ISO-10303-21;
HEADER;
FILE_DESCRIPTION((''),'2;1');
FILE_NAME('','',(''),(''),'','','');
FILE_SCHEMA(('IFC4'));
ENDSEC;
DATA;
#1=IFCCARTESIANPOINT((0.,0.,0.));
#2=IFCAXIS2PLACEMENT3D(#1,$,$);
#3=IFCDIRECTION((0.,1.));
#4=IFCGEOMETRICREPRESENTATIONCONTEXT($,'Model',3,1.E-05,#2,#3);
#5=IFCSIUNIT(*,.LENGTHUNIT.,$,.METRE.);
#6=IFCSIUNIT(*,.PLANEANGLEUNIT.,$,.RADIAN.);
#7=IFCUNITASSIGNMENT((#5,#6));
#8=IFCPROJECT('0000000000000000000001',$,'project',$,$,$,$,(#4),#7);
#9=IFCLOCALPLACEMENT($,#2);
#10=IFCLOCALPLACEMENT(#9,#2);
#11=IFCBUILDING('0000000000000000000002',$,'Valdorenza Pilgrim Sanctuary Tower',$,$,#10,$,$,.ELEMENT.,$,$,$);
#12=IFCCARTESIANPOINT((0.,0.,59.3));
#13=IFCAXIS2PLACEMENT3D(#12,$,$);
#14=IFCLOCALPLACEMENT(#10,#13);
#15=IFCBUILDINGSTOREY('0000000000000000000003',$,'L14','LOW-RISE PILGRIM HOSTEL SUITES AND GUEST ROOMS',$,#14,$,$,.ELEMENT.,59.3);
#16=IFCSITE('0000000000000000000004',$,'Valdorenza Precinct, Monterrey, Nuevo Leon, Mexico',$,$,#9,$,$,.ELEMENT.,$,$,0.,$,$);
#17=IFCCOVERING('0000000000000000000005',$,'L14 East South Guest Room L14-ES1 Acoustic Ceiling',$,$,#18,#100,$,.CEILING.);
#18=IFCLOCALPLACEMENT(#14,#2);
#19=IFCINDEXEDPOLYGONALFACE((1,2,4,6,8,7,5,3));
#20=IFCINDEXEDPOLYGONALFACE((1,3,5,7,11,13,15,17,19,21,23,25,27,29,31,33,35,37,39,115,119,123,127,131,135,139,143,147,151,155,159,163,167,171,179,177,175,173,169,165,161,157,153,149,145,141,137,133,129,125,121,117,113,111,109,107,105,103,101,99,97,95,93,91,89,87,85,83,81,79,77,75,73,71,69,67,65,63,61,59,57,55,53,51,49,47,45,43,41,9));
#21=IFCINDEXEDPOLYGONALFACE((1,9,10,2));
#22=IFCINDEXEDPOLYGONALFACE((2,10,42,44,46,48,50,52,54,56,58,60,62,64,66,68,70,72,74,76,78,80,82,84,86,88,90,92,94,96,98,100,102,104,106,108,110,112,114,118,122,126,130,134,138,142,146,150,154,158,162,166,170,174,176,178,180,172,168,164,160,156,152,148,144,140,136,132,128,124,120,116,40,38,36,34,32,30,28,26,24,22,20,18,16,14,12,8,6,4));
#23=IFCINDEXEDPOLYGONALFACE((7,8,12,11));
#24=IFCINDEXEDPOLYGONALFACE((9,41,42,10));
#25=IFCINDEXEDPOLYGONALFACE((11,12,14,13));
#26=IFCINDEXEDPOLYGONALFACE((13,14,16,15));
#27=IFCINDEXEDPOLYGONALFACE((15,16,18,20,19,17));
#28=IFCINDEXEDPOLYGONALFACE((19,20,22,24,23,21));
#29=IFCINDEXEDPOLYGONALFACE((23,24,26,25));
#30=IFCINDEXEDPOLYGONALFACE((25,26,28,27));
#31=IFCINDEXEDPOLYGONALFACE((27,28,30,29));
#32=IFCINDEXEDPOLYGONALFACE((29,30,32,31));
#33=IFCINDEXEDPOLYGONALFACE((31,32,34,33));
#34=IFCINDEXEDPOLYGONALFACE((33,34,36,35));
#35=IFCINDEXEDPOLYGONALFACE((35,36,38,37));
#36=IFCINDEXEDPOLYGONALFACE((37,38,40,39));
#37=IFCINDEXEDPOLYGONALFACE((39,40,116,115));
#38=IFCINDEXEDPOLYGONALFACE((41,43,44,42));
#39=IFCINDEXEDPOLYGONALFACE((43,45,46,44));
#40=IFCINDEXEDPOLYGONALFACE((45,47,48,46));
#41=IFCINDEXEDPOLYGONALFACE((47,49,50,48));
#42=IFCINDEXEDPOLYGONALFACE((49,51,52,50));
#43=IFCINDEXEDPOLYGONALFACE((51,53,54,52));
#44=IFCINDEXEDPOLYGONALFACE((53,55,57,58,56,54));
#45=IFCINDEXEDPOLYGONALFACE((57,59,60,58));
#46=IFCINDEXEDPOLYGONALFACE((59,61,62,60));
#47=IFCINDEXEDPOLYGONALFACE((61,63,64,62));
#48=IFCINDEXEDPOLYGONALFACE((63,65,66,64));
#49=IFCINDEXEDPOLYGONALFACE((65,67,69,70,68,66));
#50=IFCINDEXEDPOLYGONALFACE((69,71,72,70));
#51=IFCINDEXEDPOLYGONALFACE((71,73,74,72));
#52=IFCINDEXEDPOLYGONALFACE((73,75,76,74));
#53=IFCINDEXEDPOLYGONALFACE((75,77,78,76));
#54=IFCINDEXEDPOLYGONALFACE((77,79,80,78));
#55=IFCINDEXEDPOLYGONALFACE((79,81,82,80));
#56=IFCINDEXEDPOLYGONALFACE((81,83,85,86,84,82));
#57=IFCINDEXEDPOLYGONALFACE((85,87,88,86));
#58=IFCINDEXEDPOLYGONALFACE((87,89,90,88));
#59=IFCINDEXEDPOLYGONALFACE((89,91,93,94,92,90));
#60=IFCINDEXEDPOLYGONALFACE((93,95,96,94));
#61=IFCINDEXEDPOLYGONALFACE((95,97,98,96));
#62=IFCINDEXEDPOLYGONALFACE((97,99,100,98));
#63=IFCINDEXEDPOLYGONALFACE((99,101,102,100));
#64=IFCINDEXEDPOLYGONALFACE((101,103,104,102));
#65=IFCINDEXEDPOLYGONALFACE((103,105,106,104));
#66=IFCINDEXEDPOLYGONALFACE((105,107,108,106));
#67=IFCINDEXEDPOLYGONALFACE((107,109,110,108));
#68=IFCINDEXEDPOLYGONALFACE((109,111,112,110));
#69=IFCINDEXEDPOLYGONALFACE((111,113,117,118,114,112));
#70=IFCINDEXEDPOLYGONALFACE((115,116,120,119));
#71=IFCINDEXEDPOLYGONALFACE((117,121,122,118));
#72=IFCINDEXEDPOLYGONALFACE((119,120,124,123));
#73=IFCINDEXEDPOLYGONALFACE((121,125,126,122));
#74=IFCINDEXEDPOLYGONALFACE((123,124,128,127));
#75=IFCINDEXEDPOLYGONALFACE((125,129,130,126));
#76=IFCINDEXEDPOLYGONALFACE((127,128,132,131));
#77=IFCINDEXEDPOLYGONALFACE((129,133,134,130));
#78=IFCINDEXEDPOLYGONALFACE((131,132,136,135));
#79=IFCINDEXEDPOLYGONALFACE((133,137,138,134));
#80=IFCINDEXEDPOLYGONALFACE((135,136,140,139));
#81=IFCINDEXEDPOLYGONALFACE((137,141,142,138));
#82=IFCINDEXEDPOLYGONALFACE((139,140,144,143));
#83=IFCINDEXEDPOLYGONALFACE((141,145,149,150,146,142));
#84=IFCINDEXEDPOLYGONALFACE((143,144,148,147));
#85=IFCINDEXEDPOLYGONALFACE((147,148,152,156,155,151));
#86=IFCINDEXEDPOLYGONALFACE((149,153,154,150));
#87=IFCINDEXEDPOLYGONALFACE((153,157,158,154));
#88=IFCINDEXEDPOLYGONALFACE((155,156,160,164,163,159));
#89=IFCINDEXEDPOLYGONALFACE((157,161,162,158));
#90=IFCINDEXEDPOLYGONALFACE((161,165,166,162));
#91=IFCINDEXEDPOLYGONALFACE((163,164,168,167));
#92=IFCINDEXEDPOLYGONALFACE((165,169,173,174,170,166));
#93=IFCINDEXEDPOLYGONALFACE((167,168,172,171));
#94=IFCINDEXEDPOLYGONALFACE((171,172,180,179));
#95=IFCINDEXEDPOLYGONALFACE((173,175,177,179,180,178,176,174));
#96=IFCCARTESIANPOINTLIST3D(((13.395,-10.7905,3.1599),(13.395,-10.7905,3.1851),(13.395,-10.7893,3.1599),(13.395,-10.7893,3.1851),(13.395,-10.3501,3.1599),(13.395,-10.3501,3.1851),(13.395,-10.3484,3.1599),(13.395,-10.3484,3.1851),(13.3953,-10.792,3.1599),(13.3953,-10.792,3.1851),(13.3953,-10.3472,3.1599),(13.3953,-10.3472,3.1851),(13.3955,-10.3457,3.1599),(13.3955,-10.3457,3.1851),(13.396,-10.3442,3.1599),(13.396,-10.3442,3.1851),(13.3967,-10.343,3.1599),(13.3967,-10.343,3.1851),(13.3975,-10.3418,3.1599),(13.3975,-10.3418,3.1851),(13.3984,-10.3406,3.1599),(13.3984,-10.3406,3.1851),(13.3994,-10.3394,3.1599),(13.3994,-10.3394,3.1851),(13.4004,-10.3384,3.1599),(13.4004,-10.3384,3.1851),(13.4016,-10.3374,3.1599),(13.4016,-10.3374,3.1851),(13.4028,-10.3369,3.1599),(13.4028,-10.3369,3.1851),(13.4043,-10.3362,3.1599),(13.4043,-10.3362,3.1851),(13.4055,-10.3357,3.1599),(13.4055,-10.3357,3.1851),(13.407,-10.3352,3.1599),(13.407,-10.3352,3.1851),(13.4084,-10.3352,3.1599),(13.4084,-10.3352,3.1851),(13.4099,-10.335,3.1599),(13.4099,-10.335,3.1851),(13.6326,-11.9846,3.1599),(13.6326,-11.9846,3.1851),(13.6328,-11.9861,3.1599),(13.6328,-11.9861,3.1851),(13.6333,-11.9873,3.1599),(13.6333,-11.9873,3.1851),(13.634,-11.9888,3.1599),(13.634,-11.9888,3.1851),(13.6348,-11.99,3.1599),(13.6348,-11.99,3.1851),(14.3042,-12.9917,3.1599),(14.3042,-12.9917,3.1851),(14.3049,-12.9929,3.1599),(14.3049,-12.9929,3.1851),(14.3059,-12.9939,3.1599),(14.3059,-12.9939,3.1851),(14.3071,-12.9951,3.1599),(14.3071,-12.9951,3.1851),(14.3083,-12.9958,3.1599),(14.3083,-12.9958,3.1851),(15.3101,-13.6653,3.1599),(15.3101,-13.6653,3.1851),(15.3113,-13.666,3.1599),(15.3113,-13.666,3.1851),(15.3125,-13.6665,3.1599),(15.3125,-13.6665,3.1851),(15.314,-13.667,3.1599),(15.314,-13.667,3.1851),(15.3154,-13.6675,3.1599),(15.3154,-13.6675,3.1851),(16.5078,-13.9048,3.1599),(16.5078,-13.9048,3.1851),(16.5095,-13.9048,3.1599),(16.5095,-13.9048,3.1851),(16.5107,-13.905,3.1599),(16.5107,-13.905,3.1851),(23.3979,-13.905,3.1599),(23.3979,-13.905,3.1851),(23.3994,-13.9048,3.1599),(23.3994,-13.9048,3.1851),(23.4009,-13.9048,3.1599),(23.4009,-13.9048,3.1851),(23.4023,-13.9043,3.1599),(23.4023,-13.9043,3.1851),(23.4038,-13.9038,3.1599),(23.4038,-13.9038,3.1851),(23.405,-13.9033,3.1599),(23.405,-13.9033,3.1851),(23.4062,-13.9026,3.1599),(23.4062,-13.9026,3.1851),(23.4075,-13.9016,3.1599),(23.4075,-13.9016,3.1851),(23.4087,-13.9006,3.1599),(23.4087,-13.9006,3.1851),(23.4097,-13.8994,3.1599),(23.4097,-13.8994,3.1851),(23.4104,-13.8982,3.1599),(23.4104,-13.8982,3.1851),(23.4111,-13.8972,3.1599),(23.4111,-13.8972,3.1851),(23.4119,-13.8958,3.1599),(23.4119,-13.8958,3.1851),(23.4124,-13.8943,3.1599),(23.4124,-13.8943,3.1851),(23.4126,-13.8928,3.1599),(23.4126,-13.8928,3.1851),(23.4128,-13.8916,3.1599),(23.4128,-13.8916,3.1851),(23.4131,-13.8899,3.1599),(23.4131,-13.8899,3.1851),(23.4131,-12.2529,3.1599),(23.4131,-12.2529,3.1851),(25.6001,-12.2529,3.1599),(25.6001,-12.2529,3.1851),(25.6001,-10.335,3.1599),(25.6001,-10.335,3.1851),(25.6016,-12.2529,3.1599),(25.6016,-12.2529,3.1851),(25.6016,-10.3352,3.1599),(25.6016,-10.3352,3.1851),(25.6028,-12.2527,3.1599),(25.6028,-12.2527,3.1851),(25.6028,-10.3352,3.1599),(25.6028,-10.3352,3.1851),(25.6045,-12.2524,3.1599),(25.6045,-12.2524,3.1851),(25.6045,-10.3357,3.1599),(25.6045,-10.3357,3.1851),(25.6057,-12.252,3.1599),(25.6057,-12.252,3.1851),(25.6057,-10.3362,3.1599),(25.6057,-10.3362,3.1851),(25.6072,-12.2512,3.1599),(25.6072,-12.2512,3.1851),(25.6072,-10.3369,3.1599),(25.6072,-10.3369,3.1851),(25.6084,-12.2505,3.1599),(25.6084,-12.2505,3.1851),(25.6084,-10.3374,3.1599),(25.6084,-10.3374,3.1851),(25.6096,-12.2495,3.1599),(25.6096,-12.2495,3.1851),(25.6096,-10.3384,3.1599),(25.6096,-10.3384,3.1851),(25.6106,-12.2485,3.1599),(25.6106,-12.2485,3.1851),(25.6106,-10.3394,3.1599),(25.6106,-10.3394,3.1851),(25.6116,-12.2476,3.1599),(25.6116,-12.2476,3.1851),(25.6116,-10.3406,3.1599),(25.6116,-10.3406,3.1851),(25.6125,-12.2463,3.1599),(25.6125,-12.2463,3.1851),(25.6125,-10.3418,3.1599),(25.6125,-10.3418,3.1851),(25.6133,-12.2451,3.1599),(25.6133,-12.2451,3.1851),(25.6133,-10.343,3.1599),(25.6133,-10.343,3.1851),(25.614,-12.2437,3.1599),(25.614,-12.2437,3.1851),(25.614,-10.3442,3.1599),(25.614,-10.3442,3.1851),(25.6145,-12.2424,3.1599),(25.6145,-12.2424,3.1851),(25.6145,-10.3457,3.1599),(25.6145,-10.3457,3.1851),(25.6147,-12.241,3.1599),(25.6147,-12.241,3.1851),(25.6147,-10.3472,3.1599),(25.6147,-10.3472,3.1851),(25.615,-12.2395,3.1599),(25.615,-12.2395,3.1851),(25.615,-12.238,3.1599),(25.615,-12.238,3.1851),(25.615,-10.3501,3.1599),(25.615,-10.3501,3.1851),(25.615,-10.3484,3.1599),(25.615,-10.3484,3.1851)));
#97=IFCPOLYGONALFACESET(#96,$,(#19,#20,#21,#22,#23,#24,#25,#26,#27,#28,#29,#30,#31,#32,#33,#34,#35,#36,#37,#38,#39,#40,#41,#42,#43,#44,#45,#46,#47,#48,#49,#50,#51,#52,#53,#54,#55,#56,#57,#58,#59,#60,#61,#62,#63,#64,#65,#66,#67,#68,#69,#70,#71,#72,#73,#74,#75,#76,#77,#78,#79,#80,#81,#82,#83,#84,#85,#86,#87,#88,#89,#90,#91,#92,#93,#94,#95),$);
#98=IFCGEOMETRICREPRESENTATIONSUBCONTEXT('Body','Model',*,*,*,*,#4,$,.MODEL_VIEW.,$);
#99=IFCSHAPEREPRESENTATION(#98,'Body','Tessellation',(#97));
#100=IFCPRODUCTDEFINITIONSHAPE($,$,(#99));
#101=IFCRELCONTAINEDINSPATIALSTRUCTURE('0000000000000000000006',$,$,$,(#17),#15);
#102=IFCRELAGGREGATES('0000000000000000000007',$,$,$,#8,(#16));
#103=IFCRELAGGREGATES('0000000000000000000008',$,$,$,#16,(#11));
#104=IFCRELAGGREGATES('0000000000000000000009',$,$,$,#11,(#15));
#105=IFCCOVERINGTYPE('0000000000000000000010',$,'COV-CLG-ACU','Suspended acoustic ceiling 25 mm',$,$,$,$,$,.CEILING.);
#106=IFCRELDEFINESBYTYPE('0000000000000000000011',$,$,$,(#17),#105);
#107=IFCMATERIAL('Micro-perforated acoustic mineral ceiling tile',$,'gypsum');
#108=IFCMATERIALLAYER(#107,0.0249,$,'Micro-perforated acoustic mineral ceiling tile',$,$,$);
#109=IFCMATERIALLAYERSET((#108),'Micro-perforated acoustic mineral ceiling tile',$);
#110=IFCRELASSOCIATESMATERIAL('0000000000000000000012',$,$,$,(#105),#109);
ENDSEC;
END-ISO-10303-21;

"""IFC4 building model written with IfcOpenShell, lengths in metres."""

from ifc_helpers import new_model, si_unit, direction, frame, origin, place, context, subcontext, project, spatial, polyline, outline, extrude, material, layer, layer_set, type_object, element, save


model = new_model("IFC4")

# Units and contexts
model_context = context("Model", 3, precision=1e-05, world=origin(), true_north=direction((0.0, 1.0)))
body_context = subcontext(model_context, "Body", "Model", "MODEL_VIEW")
ifc_project = project(units=[si_unit("LENGTHUNIT", "METRE"), si_unit("PLANEANGLEUNIT", "RADIAN")], contexts=[model_context])

# Site, building, storey
site_placement = place(None, origin())
site = spatial("IfcSite", under=ifc_project, at=site_placement, Name="Valdorenza Precinct, Monterrey, Nuevo Leon, Mexico", CompositionType="ELEMENT", RefElevation=0.0)
building_placement = place(site_placement, origin())
building = spatial("IfcBuilding", under=site, at=building_placement, Name="Valdorenza Pilgrim Sanctuary Tower", CompositionType="ELEMENT")
storey_placement = place(building_placement, frame((0.0, 0.0, 59.3)))
storey = spatial("IfcBuildingStorey", under=building, at=storey_placement, Name="L14", Description="LOW-RISE PILGRIM HOSTEL SUITES AND GUEST ROOMS", CompositionType="ELEMENT", Elevation=59.3)

# Covering
ifc_material_1 = material(Name="Micro-perforated acoustic mineral ceiling tile", Category="gypsum")
ifc_layer_1 = layer(ifc_material_1, 0.0249, Name="Micro-perforated acoustic mineral ceiling tile")
ifc_layer_set_1 = layer_set([ifc_layer_1], Name="Micro-perforated acoustic mineral ceiling tile")
covering_type_1 = type_object("IfcCoveringType", Name="COV-CLG-ACU", Description="Suspended acoustic ceiling 25 mm", PredefinedType="CEILING", material=ifc_layer_set_1)
covering_1_placement = place(storey_placement, frame((0.0, 0.0, 3.1599)))
element("IfcCovering", 1, at=covering_1_placement, inside=storey, type_object=covering_type_1, Name="L14 East South Guest Room L14-ES1 Acoustic Ceiling", PredefinedType="CEILING", context=body_context, shape_type="SweptSolid", body=[
    extrude(outline(polyline([(23.4131, -12.2529), (23.4131, -13.8899), (23.4128, -13.8916), (23.4126, -13.8928), (23.4124, -13.8943), (23.4119, -13.8958), (23.4111, -13.8972), (23.4104, -13.8982), (23.4097, -13.8994), (23.4087, -13.9006), (23.4075, -13.9016), (23.4062, -13.9026), (23.405, -13.9033), (23.4038, -13.9038), (23.4023, -13.9043), (23.4009, -13.9048), (23.3994, -13.9048), (23.3979, -13.905), (16.5107, -13.905), (16.5095, -13.9048), (16.5078, -13.9048), (15.3154, -13.6675), (15.314, -13.667), (15.3125, -13.6665), (15.3113, -13.666), (15.3101, -13.6653), (14.3083, -12.9958), (14.3071, -12.9951), (14.3059, -12.9939), (14.3049, -12.9929), (14.3042, -12.9917), (13.6348, -11.99), (13.634, -11.9888), (13.6333, -11.9873), (13.6328, -11.9861), (13.6326, -11.9846), (13.3953, -10.792), (13.395, -10.7905), (13.395, -10.7893), (13.395, -10.3501), (13.395, -10.3484), (13.3953, -10.3472), (13.3955, -10.3457), (13.396, -10.3442), (13.3967, -10.343), (13.3975, -10.3418), (13.3984, -10.3406), (13.3994, -10.3394), (13.4004, -10.3384), (13.4016, -10.3374), (13.4028, -10.3369), (13.4043, -10.3362), (13.4055, -10.3357), (13.407, -10.3352), (13.4084, -10.3352), (13.4099, -10.335), (25.6001, -10.335), (25.6016, -10.3352), (25.6028, -10.3352), (25.6045, -10.3357), (25.6057, -10.3362), (25.6072, -10.3369), (25.6084, -10.3374), (25.6096, -10.3384), (25.6106, -10.3394), (25.6116, -10.3406), (25.6125, -10.3418), (25.6133, -10.343), (25.614, -10.3442), (25.6145, -10.3457), (25.6147, -10.3472), (25.615, -10.3484), (25.615, -10.3501), (25.615, -12.238), (25.615, -12.2395), (25.6147, -12.241), (25.6145, -12.2424), (25.614, -12.2437), (25.6133, -12.2451), (25.6125, -12.2463), (25.6116, -12.2476), (25.6106, -12.2485), (25.6096, -12.2495), (25.6084, -12.2505), (25.6072, -12.2512), (25.6057, -12.252), (25.6045, -12.2524), (25.6028, -12.2527), (25.6016, -12.2529), (25.6001, -12.2529), (23.4131, -12.2529)])), origin(), (0.0, 0.0, 1.0), 0.0251),
])

save(model, "model.ifc")
